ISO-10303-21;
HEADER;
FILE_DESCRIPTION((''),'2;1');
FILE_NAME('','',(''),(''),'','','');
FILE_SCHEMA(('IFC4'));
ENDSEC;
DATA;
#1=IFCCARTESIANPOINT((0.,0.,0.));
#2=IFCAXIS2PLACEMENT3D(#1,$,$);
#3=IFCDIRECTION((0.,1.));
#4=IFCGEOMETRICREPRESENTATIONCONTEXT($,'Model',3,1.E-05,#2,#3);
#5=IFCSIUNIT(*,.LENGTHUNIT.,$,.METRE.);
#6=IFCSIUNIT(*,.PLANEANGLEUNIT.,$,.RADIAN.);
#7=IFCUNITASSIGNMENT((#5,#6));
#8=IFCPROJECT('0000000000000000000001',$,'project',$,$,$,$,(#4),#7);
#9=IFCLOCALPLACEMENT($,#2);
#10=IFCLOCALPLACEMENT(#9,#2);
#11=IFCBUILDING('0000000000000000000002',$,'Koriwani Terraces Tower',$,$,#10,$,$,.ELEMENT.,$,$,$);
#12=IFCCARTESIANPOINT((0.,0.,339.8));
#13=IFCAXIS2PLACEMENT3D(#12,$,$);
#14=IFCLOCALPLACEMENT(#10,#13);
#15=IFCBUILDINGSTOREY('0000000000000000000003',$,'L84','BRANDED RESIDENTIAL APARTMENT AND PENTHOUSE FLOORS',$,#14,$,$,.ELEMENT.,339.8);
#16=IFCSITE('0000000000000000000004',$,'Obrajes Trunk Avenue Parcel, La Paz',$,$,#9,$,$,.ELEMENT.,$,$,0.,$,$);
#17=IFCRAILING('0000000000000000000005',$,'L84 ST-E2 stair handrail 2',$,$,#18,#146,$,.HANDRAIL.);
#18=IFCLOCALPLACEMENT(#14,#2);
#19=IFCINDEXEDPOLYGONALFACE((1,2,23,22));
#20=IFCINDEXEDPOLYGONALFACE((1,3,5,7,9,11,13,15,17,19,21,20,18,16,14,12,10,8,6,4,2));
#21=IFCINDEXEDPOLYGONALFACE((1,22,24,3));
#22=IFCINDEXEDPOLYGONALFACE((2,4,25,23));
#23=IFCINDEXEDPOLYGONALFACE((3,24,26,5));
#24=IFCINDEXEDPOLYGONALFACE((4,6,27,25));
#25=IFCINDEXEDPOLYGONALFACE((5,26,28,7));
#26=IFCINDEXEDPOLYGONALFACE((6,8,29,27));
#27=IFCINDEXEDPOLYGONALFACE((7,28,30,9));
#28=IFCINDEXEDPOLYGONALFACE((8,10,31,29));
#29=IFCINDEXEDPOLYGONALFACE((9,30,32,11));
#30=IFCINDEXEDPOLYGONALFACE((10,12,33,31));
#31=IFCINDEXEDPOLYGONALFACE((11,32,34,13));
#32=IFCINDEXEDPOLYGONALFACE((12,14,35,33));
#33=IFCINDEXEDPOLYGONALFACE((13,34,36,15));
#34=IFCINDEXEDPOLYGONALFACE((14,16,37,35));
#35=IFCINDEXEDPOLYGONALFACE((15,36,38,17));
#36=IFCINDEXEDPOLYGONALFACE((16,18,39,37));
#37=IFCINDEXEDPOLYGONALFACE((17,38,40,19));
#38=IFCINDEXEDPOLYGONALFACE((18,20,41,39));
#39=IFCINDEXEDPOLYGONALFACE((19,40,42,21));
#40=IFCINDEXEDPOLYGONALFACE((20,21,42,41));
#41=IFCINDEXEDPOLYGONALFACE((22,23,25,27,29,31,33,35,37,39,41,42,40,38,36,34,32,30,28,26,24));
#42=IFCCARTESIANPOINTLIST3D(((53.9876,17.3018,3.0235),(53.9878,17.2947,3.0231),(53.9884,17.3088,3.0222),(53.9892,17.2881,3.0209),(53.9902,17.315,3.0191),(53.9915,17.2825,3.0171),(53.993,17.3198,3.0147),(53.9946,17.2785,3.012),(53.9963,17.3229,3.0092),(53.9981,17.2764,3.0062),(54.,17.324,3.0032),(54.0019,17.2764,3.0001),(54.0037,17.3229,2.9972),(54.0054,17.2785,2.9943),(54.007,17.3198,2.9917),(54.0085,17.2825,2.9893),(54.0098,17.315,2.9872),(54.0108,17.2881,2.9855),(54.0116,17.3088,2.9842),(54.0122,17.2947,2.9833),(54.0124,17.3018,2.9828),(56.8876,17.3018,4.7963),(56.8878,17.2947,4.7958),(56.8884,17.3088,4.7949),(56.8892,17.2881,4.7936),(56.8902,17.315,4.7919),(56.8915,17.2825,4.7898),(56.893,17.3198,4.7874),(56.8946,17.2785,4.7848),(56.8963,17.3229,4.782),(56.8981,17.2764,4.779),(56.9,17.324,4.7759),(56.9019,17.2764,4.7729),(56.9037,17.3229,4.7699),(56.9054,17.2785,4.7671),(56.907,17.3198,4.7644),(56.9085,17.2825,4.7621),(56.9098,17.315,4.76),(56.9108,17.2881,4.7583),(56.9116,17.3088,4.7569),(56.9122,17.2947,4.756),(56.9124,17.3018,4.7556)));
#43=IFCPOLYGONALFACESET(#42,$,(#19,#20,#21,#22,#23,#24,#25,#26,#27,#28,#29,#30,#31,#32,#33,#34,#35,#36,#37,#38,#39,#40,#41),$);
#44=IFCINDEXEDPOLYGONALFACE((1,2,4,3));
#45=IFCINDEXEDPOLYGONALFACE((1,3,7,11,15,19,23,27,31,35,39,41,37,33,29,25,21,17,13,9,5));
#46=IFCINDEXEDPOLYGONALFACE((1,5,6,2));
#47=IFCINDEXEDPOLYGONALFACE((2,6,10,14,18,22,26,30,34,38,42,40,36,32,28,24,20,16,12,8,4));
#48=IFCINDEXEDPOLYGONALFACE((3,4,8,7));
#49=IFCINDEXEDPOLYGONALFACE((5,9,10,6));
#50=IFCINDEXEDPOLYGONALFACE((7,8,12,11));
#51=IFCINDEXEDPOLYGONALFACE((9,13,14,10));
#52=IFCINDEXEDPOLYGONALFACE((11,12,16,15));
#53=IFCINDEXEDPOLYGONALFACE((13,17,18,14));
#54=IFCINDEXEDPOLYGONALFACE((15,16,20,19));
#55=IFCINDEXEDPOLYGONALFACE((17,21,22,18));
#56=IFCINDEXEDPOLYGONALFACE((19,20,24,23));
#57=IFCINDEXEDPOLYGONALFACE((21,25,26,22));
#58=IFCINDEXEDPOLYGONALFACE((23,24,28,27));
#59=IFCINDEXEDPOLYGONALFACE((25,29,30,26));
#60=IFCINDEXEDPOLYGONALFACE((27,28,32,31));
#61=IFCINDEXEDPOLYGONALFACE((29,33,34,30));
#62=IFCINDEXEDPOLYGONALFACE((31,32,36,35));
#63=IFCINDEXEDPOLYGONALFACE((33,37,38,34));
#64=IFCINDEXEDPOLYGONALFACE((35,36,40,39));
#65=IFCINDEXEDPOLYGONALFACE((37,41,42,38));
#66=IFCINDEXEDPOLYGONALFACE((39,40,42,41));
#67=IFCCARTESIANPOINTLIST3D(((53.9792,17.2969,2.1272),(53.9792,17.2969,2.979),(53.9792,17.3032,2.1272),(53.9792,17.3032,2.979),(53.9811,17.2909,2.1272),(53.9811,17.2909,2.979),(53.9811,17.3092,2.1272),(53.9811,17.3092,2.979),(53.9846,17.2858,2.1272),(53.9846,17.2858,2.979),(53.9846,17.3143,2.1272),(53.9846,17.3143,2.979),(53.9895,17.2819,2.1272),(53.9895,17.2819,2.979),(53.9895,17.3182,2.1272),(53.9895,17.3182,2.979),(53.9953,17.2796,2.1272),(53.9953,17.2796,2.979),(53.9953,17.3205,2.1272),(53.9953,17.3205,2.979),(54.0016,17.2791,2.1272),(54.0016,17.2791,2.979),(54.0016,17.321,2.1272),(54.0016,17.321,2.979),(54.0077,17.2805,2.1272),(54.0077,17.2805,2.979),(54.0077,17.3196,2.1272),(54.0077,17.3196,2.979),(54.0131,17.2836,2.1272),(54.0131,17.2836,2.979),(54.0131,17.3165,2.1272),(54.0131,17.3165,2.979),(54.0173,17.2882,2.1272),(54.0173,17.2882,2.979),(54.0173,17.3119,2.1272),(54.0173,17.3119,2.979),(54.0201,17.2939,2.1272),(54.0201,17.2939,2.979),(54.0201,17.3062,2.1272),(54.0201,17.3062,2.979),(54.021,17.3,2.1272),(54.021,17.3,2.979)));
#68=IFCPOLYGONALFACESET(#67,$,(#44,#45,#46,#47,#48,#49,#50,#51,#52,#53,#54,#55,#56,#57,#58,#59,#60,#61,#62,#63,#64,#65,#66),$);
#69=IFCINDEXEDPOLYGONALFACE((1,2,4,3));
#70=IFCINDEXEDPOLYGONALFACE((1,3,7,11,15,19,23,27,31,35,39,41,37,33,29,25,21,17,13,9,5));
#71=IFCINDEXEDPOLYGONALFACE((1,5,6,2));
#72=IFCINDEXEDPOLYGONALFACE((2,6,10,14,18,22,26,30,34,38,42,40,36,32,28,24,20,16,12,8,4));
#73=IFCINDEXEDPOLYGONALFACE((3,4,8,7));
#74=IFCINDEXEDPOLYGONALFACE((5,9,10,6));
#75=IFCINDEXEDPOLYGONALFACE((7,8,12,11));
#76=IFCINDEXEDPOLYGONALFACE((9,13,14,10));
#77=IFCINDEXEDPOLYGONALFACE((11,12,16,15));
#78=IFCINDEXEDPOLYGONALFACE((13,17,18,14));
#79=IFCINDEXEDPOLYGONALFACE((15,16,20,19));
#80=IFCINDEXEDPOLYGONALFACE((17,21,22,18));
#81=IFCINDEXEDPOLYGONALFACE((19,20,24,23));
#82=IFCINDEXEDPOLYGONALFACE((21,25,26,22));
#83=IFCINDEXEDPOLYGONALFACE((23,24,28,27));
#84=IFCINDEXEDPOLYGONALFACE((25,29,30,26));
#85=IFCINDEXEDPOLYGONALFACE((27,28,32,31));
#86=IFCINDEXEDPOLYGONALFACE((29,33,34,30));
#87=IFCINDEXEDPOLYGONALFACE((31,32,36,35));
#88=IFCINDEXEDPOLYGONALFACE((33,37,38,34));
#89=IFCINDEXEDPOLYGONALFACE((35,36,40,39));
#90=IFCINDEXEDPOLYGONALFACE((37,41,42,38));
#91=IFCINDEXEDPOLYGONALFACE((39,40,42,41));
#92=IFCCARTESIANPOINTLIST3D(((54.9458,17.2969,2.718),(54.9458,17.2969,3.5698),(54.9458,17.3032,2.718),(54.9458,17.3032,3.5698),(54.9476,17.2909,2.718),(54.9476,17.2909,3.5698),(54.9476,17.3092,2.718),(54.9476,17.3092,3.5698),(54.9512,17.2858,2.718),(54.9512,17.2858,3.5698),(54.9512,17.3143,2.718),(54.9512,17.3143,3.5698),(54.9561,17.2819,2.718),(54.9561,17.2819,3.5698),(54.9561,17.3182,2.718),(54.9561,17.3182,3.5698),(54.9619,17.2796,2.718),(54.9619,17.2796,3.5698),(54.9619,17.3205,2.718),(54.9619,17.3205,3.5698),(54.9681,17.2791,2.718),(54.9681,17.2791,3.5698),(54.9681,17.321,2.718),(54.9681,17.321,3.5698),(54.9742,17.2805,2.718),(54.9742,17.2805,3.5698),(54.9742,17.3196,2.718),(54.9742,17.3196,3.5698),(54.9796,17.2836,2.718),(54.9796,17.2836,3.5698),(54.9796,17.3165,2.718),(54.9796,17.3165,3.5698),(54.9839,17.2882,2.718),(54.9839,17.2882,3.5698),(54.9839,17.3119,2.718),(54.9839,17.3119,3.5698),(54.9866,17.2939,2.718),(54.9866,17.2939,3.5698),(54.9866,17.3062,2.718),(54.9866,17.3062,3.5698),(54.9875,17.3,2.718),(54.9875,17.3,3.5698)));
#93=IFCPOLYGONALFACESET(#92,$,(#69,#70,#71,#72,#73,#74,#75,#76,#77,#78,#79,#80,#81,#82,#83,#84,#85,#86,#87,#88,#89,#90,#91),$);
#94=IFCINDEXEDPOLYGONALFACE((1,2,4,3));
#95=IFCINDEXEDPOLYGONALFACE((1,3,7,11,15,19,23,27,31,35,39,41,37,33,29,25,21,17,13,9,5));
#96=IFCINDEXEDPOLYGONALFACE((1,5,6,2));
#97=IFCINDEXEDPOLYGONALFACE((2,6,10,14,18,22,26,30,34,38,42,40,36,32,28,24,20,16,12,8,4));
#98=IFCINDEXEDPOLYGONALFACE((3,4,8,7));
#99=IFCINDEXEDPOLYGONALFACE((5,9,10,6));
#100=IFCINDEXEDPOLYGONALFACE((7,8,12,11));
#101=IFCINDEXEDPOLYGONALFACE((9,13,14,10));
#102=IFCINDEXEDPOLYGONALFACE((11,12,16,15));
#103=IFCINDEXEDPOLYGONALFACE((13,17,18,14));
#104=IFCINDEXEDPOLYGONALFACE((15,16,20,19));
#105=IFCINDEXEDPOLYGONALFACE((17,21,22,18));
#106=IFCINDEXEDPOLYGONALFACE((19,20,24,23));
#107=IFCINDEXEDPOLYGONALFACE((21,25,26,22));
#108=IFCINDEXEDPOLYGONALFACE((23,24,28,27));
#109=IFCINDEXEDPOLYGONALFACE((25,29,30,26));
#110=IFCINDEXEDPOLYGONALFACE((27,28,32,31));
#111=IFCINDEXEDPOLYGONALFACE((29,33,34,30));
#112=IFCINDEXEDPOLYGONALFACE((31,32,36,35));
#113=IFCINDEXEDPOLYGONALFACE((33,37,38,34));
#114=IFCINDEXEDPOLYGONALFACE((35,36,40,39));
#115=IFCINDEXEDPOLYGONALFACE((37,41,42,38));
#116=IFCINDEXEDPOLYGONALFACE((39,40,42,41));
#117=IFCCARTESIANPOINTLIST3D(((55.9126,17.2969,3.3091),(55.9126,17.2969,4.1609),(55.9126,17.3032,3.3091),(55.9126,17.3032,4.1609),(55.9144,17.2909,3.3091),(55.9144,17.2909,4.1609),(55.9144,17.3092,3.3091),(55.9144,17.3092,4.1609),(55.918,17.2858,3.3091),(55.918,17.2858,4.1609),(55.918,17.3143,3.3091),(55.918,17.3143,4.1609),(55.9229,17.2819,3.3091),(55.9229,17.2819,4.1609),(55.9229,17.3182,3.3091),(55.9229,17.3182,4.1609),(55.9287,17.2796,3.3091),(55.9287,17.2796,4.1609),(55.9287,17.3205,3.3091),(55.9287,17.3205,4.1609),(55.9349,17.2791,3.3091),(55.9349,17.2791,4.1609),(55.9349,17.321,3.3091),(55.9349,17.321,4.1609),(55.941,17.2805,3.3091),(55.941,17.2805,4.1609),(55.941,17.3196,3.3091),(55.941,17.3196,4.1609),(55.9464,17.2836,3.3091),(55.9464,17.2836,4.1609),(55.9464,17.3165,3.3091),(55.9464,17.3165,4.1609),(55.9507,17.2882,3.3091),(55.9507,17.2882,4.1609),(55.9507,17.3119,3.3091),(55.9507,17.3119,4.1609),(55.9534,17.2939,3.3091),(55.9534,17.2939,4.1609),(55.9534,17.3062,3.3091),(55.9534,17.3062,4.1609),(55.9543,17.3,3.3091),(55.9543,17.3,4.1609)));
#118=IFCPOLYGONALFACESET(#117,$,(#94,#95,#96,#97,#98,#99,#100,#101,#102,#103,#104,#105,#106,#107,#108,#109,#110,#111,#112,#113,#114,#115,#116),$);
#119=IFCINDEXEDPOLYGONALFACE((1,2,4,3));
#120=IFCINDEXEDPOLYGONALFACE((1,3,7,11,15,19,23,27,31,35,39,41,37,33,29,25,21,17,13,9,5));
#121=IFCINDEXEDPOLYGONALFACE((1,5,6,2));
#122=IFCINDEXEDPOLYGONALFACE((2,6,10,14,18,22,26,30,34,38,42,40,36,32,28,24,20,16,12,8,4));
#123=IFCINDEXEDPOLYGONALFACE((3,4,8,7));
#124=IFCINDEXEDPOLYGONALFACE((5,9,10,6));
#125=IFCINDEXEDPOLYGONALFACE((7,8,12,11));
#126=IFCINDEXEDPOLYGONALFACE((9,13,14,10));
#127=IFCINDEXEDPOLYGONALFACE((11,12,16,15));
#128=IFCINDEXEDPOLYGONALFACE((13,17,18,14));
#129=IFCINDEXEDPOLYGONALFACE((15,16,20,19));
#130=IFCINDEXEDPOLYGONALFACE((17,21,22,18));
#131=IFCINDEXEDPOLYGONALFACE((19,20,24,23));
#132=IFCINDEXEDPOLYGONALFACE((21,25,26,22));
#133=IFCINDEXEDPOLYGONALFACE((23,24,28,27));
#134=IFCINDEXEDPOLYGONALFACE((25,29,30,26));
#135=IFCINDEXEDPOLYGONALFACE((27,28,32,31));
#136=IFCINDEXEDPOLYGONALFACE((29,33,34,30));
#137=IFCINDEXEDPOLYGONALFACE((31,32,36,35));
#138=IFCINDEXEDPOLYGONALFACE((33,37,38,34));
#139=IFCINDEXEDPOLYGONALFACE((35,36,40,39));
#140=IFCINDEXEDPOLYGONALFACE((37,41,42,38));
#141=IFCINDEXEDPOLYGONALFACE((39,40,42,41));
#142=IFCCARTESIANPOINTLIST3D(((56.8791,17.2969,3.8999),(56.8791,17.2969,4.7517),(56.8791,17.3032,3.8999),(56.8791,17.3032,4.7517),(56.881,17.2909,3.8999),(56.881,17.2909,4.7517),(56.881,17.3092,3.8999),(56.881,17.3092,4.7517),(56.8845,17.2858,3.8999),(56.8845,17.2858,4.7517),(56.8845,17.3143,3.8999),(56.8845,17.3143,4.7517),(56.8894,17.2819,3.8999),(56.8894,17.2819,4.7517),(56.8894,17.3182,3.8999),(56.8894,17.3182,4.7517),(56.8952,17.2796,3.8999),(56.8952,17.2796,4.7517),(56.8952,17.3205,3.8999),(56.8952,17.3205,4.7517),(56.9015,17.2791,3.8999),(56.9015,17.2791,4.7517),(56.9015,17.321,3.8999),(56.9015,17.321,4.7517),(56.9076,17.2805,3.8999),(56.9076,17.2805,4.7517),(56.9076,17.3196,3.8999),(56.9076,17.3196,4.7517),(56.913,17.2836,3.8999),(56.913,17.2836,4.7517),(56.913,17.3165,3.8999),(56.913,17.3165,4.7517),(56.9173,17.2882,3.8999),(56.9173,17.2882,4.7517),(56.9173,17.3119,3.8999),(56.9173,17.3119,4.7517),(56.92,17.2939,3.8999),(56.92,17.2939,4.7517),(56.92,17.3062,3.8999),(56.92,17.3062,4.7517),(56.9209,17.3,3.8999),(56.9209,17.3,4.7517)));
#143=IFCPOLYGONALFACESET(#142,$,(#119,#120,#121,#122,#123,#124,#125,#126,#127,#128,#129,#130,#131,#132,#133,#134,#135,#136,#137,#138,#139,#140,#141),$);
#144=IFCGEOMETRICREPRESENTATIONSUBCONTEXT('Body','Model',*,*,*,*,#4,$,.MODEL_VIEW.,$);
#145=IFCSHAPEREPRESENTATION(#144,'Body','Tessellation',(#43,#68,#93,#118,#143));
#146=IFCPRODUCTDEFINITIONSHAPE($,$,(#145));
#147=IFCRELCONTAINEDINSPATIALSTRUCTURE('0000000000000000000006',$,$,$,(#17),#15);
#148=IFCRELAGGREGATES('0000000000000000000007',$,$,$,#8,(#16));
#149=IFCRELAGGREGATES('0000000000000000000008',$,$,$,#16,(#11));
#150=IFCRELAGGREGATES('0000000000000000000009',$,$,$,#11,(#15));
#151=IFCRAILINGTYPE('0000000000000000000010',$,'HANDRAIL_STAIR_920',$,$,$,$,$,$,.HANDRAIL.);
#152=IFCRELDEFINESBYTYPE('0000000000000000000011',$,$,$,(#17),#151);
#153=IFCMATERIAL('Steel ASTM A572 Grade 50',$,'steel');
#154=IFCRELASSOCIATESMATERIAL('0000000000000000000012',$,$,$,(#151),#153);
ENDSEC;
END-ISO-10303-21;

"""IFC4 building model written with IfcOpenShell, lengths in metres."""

from ifc_helpers import new_model, si_unit, direction, frame, origin, origin_2d, place, context, subcontext, project, spatial, circle, extrude, material, type_object, element, save


model = new_model("IFC4")

# Units and contexts
model_context = context("Model", 3, precision=1e-05, world=origin(), true_north=direction((0.0, 1.0)))
body_context = subcontext(model_context, "Body", "Model", "MODEL_VIEW")
ifc_project = project(units=[si_unit("LENGTHUNIT", "METRE"), si_unit("PLANEANGLEUNIT", "RADIAN")], contexts=[model_context])

# Site, building, storey
site_placement = place(None, origin())
site = spatial("IfcSite", under=ifc_project, at=site_placement, Name="Obrajes Trunk Avenue Parcel, La Paz", CompositionType="ELEMENT", RefElevation=0.0)
building_placement = place(site_placement, origin())
building = spatial("IfcBuilding", under=site, at=building_placement, Name="Koriwani Terraces Tower", CompositionType="ELEMENT")
storey_placement = place(building_placement, frame((0.0, 0.0, 339.8)))
storey = spatial("IfcBuildingStorey", under=building, at=storey_placement, Name="L84", Description="BRANDED RESIDENTIAL APARTMENT AND PENTHOUSE FLOORS", CompositionType="ELEMENT", Elevation=339.8)

# Shared definitions
ifc_material_1 = material(Name="Steel ASTM A572 Grade 50", Category="steel")

# Railing
railing_type_1 = type_object("IfcRailingType", Name="HANDRAIL_STAIR_920", PredefinedType="HANDRAIL", material=ifc_material_1)
railing_1_placement = place(storey_placement, frame((54.0, 17.3, 2.1272)))
element("IfcRailing", 1, at=railing_1_placement, inside=storey, type_object=railing_type_1, Name="L84 ST-E2 stair handrail 2", PredefinedType="HANDRAIL", context=body_context, shape_type="SweptSolid", body=[
    extrude(circle(Radius=0.0239, at=origin_2d()), frame((0.0, 0.0, 0.876), z_axis=(0.853211, 0.0, 0.521566), x_axis=(0.0, 1.0, 0.0)), (0.0, 0.0, 1.0), 3.3989),
    extrude(circle(Radius=0.021, at=origin_2d()), origin(), (0.0, 0.0, 1.0), 0.8518),
    extrude(circle(Radius=0.021, at=origin_2d()), frame((0.9666, 0.0, 0.5908)), (0.0, 0.0, 1.0), 0.8518),
    extrude(circle(Radius=0.021, at=origin_2d()), frame((1.9333, 0.0, 1.1819)), (0.0, 0.0, 1.0), 0.8518),
    extrude(circle(Radius=0.021, at=origin_2d()), frame((2.8999, 0.0, 1.7727)), (0.0, 0.0, 1.0), 0.8518),
])

save(model, "model.ifc")
